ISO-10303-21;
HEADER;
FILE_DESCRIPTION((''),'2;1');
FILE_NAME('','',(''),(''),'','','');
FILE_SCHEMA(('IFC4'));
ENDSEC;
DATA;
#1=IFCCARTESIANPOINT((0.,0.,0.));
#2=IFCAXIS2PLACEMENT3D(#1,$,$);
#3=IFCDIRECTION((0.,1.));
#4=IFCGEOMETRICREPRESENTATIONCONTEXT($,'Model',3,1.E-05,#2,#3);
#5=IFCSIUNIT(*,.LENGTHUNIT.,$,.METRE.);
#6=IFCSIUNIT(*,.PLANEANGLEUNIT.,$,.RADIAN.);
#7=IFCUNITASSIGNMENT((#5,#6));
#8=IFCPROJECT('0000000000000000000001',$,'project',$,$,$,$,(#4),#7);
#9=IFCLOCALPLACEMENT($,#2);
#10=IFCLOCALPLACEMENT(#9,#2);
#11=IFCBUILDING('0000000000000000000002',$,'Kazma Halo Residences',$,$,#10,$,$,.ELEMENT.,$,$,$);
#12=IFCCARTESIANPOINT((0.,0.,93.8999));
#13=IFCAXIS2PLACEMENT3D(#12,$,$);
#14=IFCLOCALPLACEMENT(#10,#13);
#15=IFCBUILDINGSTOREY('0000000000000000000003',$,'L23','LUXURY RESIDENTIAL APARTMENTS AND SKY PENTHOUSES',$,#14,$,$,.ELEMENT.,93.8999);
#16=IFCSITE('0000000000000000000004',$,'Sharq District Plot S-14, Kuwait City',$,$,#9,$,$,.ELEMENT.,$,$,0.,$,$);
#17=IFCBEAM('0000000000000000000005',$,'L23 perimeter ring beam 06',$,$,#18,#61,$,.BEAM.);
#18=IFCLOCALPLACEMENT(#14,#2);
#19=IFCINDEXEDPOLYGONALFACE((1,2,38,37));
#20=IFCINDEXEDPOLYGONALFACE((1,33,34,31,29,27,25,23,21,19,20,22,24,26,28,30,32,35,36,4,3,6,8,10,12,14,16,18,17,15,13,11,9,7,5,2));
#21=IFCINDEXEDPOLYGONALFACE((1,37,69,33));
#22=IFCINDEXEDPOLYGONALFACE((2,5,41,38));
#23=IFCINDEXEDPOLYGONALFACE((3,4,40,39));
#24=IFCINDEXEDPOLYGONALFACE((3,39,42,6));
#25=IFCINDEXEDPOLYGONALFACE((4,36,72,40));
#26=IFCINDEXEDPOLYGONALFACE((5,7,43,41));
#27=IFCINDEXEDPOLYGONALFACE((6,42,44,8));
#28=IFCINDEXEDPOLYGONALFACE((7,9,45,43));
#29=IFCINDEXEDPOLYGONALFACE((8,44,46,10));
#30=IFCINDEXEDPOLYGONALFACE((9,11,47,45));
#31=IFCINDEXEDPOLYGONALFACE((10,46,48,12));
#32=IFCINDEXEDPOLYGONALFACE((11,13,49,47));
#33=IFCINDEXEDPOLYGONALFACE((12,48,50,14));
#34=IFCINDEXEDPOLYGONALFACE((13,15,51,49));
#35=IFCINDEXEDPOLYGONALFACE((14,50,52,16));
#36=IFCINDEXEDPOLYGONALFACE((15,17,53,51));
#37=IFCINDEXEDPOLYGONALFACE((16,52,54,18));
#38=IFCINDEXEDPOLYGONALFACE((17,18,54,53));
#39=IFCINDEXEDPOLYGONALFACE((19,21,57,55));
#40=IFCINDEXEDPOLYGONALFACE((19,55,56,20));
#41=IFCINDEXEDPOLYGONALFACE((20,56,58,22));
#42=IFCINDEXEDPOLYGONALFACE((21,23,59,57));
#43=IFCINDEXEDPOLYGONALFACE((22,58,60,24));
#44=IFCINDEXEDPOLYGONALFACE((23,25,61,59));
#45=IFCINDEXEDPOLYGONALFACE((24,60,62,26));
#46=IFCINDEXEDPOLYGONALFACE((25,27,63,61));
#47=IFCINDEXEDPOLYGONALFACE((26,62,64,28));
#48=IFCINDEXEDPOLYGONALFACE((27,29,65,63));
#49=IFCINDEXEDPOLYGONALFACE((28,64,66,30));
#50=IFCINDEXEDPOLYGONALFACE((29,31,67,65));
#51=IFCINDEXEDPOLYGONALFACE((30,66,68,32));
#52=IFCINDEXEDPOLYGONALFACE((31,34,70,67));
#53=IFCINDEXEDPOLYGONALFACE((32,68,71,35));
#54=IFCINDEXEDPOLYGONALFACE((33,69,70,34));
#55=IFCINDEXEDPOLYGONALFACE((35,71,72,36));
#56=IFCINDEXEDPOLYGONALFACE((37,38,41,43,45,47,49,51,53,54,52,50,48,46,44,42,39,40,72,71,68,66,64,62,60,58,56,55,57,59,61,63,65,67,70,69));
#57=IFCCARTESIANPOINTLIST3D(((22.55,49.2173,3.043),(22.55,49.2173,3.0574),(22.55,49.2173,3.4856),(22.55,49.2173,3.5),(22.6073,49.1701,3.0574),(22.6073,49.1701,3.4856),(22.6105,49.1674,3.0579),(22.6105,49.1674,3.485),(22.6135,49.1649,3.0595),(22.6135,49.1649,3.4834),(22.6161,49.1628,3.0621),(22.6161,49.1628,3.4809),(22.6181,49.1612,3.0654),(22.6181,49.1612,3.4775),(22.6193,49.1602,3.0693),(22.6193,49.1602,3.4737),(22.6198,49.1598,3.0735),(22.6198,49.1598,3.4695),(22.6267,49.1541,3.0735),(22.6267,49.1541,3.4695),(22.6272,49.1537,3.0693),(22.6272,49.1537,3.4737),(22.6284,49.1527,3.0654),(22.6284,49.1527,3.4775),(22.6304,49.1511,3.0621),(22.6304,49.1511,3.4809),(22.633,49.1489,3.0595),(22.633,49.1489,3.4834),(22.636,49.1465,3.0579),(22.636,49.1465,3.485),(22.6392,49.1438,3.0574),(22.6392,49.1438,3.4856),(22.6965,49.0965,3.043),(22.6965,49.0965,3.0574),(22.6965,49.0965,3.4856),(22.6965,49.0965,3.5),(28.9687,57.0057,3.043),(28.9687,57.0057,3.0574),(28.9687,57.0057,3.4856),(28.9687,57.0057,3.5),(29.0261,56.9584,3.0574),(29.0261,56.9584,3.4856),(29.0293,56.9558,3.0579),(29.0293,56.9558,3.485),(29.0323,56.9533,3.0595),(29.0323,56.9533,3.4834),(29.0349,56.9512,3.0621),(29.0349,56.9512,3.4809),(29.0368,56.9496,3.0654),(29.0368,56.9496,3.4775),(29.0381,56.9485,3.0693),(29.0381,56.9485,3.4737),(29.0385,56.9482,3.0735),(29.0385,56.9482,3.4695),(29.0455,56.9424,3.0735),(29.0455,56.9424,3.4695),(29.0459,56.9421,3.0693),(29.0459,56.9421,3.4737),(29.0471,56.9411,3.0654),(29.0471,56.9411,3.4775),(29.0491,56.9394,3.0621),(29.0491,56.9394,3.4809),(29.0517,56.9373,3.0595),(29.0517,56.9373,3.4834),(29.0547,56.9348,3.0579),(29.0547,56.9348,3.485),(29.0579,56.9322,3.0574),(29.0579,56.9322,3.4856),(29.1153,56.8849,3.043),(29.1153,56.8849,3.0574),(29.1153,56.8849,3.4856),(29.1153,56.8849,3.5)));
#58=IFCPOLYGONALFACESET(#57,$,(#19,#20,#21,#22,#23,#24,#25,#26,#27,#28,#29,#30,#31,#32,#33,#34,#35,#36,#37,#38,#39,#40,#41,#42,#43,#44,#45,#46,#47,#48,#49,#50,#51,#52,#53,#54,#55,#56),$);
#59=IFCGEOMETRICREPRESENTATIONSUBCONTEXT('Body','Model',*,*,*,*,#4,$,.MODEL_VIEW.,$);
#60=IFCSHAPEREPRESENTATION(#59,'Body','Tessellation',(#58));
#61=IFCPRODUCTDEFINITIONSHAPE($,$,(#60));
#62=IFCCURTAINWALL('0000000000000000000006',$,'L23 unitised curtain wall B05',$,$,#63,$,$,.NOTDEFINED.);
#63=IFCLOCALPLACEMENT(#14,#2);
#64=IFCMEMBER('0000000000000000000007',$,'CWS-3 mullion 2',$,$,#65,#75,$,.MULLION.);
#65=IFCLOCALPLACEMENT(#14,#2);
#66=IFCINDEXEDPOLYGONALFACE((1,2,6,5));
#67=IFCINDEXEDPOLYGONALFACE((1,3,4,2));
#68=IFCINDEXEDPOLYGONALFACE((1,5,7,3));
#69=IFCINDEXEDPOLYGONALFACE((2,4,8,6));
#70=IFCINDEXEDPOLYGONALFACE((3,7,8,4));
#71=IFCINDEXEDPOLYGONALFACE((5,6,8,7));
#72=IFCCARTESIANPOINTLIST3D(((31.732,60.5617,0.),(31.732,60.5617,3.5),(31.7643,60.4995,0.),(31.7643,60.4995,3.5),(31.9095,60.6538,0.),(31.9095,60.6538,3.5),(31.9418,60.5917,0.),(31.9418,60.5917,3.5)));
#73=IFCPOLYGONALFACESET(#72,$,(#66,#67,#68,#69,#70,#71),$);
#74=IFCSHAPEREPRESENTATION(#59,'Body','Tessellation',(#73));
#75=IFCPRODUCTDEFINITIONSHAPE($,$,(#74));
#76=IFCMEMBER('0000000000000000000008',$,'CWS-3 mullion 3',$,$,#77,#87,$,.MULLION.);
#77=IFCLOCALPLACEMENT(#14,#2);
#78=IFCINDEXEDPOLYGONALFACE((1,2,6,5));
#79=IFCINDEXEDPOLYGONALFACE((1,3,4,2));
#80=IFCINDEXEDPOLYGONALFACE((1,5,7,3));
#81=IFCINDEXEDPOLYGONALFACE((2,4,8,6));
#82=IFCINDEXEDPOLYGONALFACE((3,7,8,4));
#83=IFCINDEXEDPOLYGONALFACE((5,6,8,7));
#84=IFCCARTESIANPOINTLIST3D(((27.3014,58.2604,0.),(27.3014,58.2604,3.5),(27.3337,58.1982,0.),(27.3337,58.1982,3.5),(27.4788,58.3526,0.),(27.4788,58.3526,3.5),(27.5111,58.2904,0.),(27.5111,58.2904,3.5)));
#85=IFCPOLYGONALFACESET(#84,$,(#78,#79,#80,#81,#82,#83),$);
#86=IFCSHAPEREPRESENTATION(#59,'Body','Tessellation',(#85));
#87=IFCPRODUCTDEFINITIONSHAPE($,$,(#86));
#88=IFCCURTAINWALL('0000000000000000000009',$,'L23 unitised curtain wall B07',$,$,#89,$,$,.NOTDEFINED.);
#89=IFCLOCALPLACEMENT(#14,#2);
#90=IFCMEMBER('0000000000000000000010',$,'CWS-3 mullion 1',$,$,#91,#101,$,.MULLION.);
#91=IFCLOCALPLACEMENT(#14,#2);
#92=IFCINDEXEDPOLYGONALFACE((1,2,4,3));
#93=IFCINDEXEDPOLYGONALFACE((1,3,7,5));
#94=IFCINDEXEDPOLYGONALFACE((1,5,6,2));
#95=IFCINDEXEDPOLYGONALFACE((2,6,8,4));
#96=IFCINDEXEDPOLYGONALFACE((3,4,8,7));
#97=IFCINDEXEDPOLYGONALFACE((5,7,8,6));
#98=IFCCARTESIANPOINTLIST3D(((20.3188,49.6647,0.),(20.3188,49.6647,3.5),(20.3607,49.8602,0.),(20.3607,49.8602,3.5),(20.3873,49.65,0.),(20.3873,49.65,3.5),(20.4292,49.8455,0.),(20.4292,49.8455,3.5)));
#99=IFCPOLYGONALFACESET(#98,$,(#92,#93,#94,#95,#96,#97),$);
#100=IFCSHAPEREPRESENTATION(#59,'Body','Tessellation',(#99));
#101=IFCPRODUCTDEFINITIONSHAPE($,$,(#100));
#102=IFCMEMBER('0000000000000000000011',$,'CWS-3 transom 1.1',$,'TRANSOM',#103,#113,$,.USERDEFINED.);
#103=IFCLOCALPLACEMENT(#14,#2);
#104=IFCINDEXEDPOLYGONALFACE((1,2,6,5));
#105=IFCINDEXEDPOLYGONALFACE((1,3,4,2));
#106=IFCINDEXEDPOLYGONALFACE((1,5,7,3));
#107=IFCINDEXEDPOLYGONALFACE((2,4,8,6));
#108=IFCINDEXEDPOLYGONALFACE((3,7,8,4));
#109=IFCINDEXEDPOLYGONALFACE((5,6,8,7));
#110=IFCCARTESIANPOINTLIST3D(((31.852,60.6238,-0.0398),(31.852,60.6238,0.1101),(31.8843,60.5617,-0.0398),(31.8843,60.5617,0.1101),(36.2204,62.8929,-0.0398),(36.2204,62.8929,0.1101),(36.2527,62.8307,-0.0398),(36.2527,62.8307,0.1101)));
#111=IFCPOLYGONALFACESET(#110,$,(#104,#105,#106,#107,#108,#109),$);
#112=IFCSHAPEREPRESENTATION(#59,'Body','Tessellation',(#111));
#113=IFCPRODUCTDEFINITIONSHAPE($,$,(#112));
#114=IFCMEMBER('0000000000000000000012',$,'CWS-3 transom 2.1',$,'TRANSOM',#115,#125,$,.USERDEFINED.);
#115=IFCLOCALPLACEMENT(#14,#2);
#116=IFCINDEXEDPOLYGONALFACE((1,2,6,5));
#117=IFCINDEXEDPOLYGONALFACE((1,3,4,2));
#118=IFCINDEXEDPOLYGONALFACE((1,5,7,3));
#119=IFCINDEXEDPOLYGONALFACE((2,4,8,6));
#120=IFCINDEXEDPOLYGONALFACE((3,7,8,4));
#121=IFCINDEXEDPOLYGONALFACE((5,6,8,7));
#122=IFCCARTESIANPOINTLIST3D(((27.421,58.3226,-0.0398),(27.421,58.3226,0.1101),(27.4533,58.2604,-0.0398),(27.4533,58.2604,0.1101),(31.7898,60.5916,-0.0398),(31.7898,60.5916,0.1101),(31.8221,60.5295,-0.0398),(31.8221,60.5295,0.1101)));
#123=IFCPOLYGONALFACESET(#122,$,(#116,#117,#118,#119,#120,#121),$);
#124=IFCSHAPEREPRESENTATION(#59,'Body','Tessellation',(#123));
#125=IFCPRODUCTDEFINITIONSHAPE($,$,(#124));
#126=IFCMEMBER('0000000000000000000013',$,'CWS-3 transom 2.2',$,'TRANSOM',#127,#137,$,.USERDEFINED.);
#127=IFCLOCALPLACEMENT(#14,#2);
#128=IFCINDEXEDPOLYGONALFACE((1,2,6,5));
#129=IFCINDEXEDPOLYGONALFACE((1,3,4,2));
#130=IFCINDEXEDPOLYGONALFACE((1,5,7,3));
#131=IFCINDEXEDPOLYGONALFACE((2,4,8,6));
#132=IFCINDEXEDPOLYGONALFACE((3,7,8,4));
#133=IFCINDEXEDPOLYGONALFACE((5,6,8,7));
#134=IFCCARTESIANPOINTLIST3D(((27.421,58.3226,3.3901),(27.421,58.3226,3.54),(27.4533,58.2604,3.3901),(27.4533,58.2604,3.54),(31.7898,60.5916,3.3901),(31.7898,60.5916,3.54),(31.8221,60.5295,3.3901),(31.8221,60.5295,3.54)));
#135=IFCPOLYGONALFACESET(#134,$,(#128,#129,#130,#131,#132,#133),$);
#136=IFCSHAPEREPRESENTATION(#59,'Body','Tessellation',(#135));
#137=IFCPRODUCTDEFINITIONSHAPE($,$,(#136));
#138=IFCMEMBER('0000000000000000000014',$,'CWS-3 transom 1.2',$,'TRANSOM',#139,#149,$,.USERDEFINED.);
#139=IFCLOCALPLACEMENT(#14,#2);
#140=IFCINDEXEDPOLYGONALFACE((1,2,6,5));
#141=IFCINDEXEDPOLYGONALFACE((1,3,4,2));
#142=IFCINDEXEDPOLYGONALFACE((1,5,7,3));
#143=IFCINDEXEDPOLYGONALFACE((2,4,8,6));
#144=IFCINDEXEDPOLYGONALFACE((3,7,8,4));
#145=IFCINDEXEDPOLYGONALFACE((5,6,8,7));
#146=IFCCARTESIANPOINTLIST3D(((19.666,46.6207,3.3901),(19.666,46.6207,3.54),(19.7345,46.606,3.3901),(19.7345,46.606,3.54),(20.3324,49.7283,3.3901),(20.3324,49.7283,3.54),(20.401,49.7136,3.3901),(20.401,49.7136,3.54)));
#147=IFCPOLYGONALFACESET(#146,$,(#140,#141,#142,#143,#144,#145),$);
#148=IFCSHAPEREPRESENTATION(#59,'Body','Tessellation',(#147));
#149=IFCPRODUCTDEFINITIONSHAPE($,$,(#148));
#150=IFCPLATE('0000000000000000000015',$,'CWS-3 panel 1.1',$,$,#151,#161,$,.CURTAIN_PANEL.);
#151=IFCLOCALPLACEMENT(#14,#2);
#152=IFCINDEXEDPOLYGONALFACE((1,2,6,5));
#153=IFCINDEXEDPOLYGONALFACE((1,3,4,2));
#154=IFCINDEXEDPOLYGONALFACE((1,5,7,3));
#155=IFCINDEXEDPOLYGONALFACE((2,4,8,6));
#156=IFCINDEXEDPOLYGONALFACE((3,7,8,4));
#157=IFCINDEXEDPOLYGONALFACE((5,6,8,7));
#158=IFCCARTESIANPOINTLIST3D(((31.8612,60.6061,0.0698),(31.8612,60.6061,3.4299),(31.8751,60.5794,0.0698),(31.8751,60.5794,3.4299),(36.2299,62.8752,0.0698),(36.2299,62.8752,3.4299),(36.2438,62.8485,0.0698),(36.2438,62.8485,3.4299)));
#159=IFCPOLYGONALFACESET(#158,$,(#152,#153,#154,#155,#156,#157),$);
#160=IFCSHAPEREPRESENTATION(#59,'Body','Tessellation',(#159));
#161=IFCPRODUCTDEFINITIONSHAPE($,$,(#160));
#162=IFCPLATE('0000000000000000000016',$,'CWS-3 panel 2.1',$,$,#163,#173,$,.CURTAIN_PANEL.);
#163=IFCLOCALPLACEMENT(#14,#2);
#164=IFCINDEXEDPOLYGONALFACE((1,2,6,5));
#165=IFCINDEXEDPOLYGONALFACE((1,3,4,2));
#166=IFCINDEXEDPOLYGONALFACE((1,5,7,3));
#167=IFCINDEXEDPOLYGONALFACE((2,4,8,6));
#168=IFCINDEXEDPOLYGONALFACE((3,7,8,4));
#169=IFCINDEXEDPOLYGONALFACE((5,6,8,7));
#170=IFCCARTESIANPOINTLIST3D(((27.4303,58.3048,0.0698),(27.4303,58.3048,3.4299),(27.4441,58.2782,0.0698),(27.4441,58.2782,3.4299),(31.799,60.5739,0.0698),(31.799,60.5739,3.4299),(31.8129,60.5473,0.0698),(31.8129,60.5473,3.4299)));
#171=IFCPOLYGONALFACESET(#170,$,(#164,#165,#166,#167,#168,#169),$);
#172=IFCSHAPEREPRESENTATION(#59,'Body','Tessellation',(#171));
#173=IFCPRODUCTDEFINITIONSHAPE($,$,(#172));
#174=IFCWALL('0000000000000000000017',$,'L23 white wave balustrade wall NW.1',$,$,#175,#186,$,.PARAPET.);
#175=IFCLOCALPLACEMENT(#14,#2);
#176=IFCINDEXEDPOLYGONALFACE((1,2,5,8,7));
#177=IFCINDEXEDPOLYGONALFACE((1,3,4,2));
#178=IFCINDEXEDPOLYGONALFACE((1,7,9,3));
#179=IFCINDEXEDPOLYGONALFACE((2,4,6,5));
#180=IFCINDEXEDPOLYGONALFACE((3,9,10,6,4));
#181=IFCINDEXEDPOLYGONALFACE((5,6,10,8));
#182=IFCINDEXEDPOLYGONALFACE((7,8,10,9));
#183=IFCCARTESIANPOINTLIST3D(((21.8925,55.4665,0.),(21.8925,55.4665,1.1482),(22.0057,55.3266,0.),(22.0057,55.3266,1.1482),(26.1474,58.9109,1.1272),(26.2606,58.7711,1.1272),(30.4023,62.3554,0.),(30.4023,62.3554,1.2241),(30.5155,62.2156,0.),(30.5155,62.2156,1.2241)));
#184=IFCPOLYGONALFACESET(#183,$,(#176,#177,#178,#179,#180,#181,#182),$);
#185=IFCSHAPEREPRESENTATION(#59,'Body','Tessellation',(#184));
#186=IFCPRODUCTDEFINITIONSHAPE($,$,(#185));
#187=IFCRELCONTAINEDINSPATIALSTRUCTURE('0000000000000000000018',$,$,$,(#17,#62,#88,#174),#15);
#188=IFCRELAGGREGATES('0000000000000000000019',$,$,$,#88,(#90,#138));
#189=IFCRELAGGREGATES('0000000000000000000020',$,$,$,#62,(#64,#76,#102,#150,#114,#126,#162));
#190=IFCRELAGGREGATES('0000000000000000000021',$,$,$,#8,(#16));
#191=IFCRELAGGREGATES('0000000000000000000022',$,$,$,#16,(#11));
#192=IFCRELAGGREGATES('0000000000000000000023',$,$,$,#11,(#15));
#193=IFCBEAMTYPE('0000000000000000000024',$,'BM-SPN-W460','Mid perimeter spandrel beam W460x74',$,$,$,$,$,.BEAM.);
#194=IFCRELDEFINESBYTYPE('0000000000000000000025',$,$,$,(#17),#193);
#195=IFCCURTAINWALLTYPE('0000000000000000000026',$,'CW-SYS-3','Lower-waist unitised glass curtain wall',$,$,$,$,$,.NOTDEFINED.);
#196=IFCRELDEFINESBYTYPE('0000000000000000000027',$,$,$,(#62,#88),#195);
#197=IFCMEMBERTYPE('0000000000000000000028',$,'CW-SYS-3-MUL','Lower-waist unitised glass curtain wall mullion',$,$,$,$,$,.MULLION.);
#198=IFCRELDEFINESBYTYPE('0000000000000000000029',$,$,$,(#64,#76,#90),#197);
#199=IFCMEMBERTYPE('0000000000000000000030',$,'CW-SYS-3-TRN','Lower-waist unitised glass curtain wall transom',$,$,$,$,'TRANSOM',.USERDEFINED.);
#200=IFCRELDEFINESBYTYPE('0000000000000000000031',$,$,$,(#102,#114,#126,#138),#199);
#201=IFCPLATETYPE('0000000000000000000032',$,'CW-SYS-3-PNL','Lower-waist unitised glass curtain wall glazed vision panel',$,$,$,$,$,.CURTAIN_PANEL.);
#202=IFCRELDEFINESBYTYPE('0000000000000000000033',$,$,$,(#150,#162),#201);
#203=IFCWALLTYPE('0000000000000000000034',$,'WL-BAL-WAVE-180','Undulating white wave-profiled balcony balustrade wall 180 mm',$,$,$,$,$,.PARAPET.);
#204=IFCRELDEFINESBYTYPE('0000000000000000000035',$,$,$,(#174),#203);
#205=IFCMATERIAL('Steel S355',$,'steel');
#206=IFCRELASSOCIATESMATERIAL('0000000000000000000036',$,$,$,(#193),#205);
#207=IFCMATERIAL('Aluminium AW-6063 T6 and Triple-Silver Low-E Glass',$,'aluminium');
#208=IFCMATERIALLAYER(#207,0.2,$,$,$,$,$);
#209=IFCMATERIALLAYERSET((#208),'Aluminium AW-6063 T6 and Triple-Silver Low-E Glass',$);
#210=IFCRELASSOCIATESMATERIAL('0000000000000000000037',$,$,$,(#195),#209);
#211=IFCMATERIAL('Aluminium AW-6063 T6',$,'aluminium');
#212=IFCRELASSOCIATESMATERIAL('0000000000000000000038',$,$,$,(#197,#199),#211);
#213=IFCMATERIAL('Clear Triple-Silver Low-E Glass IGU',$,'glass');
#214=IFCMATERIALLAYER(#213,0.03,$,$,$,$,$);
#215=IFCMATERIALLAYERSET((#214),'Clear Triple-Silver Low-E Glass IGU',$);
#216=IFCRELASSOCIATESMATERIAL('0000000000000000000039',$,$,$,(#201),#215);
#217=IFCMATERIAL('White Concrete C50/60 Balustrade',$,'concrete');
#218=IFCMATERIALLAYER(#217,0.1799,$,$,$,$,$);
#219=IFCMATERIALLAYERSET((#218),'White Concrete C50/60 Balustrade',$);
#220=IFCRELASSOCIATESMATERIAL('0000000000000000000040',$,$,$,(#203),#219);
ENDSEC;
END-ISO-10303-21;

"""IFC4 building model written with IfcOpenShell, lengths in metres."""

from ifc_helpers import new_model, si_unit, direction, frame, origin, origin_2d, place, context, subcontext, project, spatial, polyline, rectangle, i_section, outline, extrude, material, layer, layer_set, material_profile, profile_set, type_object, element, aggregate, save


model = new_model("IFC4")

# Units and contexts
model_context = context("Model", 3, precision=1e-05, world=origin(), true_north=direction((0.0, 1.0)))
body_context = subcontext(model_context, "Body", "Model", "MODEL_VIEW")
ifc_project = project(units=[si_unit("LENGTHUNIT", "METRE"), si_unit("PLANEANGLEUNIT", "RADIAN")], contexts=[model_context])

# Site, building, storey
site_placement = place(None, origin())
site = spatial("IfcSite", under=ifc_project, at=site_placement, Name="Sharq District Plot S-14, Kuwait City", CompositionType="ELEMENT", RefElevation=0.0)
building_placement = place(site_placement, origin())
building = spatial("IfcBuilding", under=site, at=building_placement, Name="Kazma Halo Residences", CompositionType="ELEMENT")
storey_placement = place(building_placement, frame((0.0, 0.0, 93.8999)))
storey = spatial("IfcBuildingStorey", under=building, at=storey_placement, Name="L23", Description="LUXURY RESIDENTIAL APARTMENTS AND SKY PENTHOUSES", CompositionType="ELEMENT", Elevation=93.8999)

# Beam
ifc_material_1 = material(Name="Steel S355", Category="steel")
ifc_material_profile_1 = material_profile(ifc_material_1, i_section(OverallWidth=0.1899, OverallDepth=0.457, WebThickness=0.009, FlangeThickness=0.0144, FilletRadius=0.0161, at=origin_2d()), Name="W460x74")
ifc_profile_set_1 = profile_set([ifc_material_profile_1], Name="Steel S355")
beam_type_1 = type_object("IfcBeamType", Name="BM-SPN-W460", Description="Mid perimeter spandrel beam W460x74", PredefinedType="BEAM", material=ifc_profile_set_1)
beam_1_placement = place(storey_placement, frame((29.042, 56.9453, 3.2715), z_axis=(-0.63599, -0.771698, 0.0), x_axis=(0.771698, -0.63599, 0.0)))
element("IfcBeam", 1, at=beam_1_placement, inside=storey, type_object=beam_type_1, Name="L23 perimeter ring beam 06", PredefinedType="BEAM", context=body_context, shape_type="SweptSolid", body=[
    extrude(i_section(OverallWidth=0.1899, OverallDepth=0.457, WebThickness=0.009, FlangeThickness=0.0144, FilletRadius=0.0161, at=origin_2d()), origin(), (0.0, 0.0, 1.0), 10.0925),
])

# Curtain wall, members
ifc_material_2 = material(Name="Aluminium AW-6063 T6 and Triple-Silver Low-E Glass", Category="aluminium")
ifc_layer_1 = layer(ifc_material_2, 0.2)
ifc_layer_set_1 = layer_set([ifc_layer_1], Name="Aluminium AW-6063 T6 and Triple-Silver Low-E Glass")
curtain_wall_type = type_object("IfcCurtainWallType", Name="CW-SYS-3", Description="Lower-waist unitised glass curtain wall", PredefinedType="NOTDEFINED", material=ifc_layer_set_1)
curtain_wall_1_placement = place(storey_placement, origin())
curtain_wall_1 = element("IfcCurtainWall", 2, at=curtain_wall_1_placement, inside=storey, type_object=curtain_wall_type, Name="L23 unitised curtain wall B05", PredefinedType="NOTDEFINED")
ifc_material_3 = material(Name="Aluminium AW-6063 T6", Category="aluminium")
ifc_material_profile_2 = material_profile(ifc_material_3, rectangle(XDim=0.0701, YDim=0.2, at=origin_2d()), Name="CWM-70x200")
ifc_profile_set_2 = profile_set([ifc_material_profile_2], Name="Aluminium AW-6063 T6")
member_type_1 = type_object("IfcMemberType", Name="CW-SYS-3-MUL", Description="Lower-waist unitised glass curtain wall mullion", PredefinedType="MULLION", material=ifc_profile_set_2)
member_1_placement = place(storey_placement, frame((31.8369, 60.5767, 0.0), z_axis=(0.0, 0.0, 1.0), x_axis=(0.460932, -0.887435, 0.0)))
member_1 = element("IfcMember", 3, at=member_1_placement, type_object=member_type_1, Name="CWS-3 mullion 2", PredefinedType="MULLION", context=body_context, shape_type="SweptSolid", body=[
    extrude(rectangle(XDim=0.0701, YDim=0.2, at=origin_2d()), origin(), (0.0, 0.0, 1.0), 3.5),
])
member_2_placement = place(storey_placement, frame((27.4062, 58.2754, 0.0), z_axis=(0.0, 0.0, 1.0), x_axis=(0.460932, -0.887435, 0.0)))
member_2 = element("IfcMember", 4, at=member_2_placement, type_object=member_type_1, Name="CWS-3 mullion 3", PredefinedType="MULLION", context=body_context, shape_type="SweptSolid", body=[
    extrude(rectangle(XDim=0.0701, YDim=0.2, at=origin_2d()), origin(), (0.0, 0.0, 1.0), 3.5),
])

# Curtain wall, member
curtain_wall_2_placement = place(storey_placement, origin())
curtain_wall_2 = element("IfcCurtainWall", 5, at=curtain_wall_2_placement, inside=storey, type_object=curtain_wall_type, Name="L23 unitised curtain wall B07", PredefinedType="NOTDEFINED")
member_3_placement = place(storey_placement, frame((20.374, 49.7551, 0.0), z_axis=(0.0, 0.0, 1.0), x_axis=(0.977774, -0.209661, 0.0)))
member_3 = element("IfcMember", 6, at=member_3_placement, type_object=member_type_1, Name="CWS-3 mullion 1", PredefinedType="MULLION", context=body_context, shape_type="SweptSolid", body=[
    extrude(rectangle(XDim=0.0701, YDim=0.2, at=origin_2d()), origin(), (0.0, 0.0, 1.0), 3.5),
])

# Members
ifc_material_profile_3 = material_profile(ifc_material_3, rectangle(XDim=0.0701, YDim=0.1499, at=origin_2d()), Name="CWT-70x150")
ifc_profile_set_3 = profile_set([ifc_material_profile_3], Name="Aluminium AW-6063 T6")
member_type_2 = type_object("IfcMemberType", Name="CW-SYS-3-TRN", Description="Lower-waist unitised glass curtain wall transom", ElementType="TRANSOM", PredefinedType="USERDEFINED", material=ifc_profile_set_3)
member_4_placement = place(storey_placement, frame((36.2366, 62.8618, 0.0352), z_axis=(-0.887427, -0.460948, 0.0), x_axis=(0.460948, -0.887427, 0.0)))
member_4 = element("IfcMember", 7, at=member_4_placement, type_object=member_type_2, Name="CWS-3 transom 1.1", ObjectType="TRANSOM", PredefinedType="USERDEFINED", context=body_context, shape_type="SweptSolid", body=[
    extrude(rectangle(XDim=0.0701, YDim=0.1499, at=origin_2d()), origin(), (0.0, 0.0, 1.0), 4.9226),
])
member_5_placement = place(storey_placement, frame((31.8059, 60.5605, 0.0352), z_axis=(-0.887438, -0.460928, 0.0), x_axis=(0.460928, -0.887438, 0.0)))
member_5 = element("IfcMember", 8, at=member_5_placement, type_object=member_type_2, Name="CWS-3 transom 2.1", ObjectType="TRANSOM", PredefinedType="USERDEFINED", context=body_context, shape_type="SweptSolid", body=[
    extrude(rectangle(XDim=0.0701, YDim=0.1499, at=origin_2d()), origin(), (0.0, 0.0, 1.0), 4.9229),
])
member_6_placement = place(storey_placement, frame((31.8059, 60.5605, 3.4651), z_axis=(-0.887438, -0.460928, 0.0), x_axis=(0.460928, -0.887438, 0.0)))
member_6 = element("IfcMember", 9, at=member_6_placement, type_object=member_type_2, Name="CWS-3 transom 2.2", ObjectType="TRANSOM", PredefinedType="USERDEFINED", context=body_context, shape_type="SweptSolid", body=[
    extrude(rectangle(XDim=0.0701, YDim=0.1499, at=origin_2d()), origin(), (0.0, 0.0, 1.0), 4.9229),
])
member_7_placement = place(storey_placement, frame((20.3667, 49.7209, 3.4651), z_axis=(-0.209702, -0.977765, 0.0), x_axis=(0.977765, -0.209702, 0.0)))
member_7 = element("IfcMember", 10, at=member_7_placement, type_object=member_type_2, Name="CWS-3 transom 1.2", ObjectType="TRANSOM", PredefinedType="USERDEFINED", context=body_context, shape_type="SweptSolid", body=[
    extrude(rectangle(XDim=0.0701, YDim=0.1499, at=origin_2d()), origin(), (0.0, 0.0, 1.0), 3.1782),
])
aggregate(curtain_wall_2, [member_3, member_7])

# Plates
ifc_material_4 = material(Name="Clear Triple-Silver Low-E Glass IGU", Category="glass")
ifc_layer_2 = layer(ifc_material_4, 0.03)
ifc_layer_set_2 = layer_set([ifc_layer_2], Name="Clear Triple-Silver Low-E Glass IGU")
plate_type = type_object("IfcPlateType", Name="CW-SYS-3-PNL", Description="Lower-waist unitised glass curtain wall glazed vision panel", PredefinedType="CURTAIN_PANEL", material=ifc_layer_set_2)
plate_1_placement = place(storey_placement, frame((34.0525, 61.7273, 0.0698), z_axis=(0.0, 0.0, 1.0), x_axis=(-0.887435, -0.460932, 0.0)))
plate_1 = element("IfcPlate", 11, at=plate_1_placement, type_object=plate_type, Name="CWS-3 panel 1.1", PredefinedType="CURTAIN_PANEL", context=body_context, shape_type="SweptSolid", body=[
    extrude(rectangle(XDim=4.9229, YDim=0.03, at=origin_2d()), origin(), (0.0, 0.0, 1.0), 3.3601),
])
plate_2_placement = place(storey_placement, frame((29.6216, 59.426, 0.0698), z_axis=(0.0, 0.0, 1.0), x_axis=(-0.887435, -0.460932, 0.0)))
plate_2 = element("IfcPlate", 12, at=plate_2_placement, type_object=plate_type, Name="CWS-3 panel 2.1", PredefinedType="CURTAIN_PANEL", context=body_context, shape_type="SweptSolid", body=[
    extrude(rectangle(XDim=4.9229, YDim=0.03, at=origin_2d()), origin(), (0.0, 0.0, 1.0), 3.3601),
])
aggregate(curtain_wall_1, [member_1, member_2, member_4, plate_1, member_5, member_6, plate_2])

# Wall
ifc_material_5 = material(Name="White Concrete C50/60 Balustrade", Category="concrete")
ifc_layer_3 = layer(ifc_material_5, 0.1799)
ifc_layer_set_3 = layer_set([ifc_layer_3], Name="White Concrete C50/60 Balustrade")
wall_type_1 = type_object("IfcWallType", Name="WL-BAL-WAVE-180", Description="Undulating white wave-profiled balcony balustrade wall 180 mm", PredefinedType="PARAPET", material=ifc_layer_set_3)
wall_1_placement = place(storey_placement, frame((30.459, 62.2854, 0.0), z_axis=(0.0, 0.0, 1.0), x_axis=(-0.777242, -0.629201, 0.0)))
element("IfcWall", 13, at=wall_1_placement, inside=storey, type_object=wall_type_1, Name="L23 white wave balustrade wall NW.1", PredefinedType="PARAPET", context=body_context, shape_type="SweptSolid", body=[
    extrude(outline(polyline([(0.0, 0.0), (10.9487, 0.0), (10.9487, 1.1482), (5.4744, 1.1272), (0.0, 1.2241), (0.0, 0.0)])), frame((0.0, 0.0898, 0.0), z_axis=(0.0, -1.0, 0.0), x_axis=(1.0, 0.0, 0.0)), (0.0, 0.0, 1.0), 0.1799),
])

save(model, "model.ifc")
